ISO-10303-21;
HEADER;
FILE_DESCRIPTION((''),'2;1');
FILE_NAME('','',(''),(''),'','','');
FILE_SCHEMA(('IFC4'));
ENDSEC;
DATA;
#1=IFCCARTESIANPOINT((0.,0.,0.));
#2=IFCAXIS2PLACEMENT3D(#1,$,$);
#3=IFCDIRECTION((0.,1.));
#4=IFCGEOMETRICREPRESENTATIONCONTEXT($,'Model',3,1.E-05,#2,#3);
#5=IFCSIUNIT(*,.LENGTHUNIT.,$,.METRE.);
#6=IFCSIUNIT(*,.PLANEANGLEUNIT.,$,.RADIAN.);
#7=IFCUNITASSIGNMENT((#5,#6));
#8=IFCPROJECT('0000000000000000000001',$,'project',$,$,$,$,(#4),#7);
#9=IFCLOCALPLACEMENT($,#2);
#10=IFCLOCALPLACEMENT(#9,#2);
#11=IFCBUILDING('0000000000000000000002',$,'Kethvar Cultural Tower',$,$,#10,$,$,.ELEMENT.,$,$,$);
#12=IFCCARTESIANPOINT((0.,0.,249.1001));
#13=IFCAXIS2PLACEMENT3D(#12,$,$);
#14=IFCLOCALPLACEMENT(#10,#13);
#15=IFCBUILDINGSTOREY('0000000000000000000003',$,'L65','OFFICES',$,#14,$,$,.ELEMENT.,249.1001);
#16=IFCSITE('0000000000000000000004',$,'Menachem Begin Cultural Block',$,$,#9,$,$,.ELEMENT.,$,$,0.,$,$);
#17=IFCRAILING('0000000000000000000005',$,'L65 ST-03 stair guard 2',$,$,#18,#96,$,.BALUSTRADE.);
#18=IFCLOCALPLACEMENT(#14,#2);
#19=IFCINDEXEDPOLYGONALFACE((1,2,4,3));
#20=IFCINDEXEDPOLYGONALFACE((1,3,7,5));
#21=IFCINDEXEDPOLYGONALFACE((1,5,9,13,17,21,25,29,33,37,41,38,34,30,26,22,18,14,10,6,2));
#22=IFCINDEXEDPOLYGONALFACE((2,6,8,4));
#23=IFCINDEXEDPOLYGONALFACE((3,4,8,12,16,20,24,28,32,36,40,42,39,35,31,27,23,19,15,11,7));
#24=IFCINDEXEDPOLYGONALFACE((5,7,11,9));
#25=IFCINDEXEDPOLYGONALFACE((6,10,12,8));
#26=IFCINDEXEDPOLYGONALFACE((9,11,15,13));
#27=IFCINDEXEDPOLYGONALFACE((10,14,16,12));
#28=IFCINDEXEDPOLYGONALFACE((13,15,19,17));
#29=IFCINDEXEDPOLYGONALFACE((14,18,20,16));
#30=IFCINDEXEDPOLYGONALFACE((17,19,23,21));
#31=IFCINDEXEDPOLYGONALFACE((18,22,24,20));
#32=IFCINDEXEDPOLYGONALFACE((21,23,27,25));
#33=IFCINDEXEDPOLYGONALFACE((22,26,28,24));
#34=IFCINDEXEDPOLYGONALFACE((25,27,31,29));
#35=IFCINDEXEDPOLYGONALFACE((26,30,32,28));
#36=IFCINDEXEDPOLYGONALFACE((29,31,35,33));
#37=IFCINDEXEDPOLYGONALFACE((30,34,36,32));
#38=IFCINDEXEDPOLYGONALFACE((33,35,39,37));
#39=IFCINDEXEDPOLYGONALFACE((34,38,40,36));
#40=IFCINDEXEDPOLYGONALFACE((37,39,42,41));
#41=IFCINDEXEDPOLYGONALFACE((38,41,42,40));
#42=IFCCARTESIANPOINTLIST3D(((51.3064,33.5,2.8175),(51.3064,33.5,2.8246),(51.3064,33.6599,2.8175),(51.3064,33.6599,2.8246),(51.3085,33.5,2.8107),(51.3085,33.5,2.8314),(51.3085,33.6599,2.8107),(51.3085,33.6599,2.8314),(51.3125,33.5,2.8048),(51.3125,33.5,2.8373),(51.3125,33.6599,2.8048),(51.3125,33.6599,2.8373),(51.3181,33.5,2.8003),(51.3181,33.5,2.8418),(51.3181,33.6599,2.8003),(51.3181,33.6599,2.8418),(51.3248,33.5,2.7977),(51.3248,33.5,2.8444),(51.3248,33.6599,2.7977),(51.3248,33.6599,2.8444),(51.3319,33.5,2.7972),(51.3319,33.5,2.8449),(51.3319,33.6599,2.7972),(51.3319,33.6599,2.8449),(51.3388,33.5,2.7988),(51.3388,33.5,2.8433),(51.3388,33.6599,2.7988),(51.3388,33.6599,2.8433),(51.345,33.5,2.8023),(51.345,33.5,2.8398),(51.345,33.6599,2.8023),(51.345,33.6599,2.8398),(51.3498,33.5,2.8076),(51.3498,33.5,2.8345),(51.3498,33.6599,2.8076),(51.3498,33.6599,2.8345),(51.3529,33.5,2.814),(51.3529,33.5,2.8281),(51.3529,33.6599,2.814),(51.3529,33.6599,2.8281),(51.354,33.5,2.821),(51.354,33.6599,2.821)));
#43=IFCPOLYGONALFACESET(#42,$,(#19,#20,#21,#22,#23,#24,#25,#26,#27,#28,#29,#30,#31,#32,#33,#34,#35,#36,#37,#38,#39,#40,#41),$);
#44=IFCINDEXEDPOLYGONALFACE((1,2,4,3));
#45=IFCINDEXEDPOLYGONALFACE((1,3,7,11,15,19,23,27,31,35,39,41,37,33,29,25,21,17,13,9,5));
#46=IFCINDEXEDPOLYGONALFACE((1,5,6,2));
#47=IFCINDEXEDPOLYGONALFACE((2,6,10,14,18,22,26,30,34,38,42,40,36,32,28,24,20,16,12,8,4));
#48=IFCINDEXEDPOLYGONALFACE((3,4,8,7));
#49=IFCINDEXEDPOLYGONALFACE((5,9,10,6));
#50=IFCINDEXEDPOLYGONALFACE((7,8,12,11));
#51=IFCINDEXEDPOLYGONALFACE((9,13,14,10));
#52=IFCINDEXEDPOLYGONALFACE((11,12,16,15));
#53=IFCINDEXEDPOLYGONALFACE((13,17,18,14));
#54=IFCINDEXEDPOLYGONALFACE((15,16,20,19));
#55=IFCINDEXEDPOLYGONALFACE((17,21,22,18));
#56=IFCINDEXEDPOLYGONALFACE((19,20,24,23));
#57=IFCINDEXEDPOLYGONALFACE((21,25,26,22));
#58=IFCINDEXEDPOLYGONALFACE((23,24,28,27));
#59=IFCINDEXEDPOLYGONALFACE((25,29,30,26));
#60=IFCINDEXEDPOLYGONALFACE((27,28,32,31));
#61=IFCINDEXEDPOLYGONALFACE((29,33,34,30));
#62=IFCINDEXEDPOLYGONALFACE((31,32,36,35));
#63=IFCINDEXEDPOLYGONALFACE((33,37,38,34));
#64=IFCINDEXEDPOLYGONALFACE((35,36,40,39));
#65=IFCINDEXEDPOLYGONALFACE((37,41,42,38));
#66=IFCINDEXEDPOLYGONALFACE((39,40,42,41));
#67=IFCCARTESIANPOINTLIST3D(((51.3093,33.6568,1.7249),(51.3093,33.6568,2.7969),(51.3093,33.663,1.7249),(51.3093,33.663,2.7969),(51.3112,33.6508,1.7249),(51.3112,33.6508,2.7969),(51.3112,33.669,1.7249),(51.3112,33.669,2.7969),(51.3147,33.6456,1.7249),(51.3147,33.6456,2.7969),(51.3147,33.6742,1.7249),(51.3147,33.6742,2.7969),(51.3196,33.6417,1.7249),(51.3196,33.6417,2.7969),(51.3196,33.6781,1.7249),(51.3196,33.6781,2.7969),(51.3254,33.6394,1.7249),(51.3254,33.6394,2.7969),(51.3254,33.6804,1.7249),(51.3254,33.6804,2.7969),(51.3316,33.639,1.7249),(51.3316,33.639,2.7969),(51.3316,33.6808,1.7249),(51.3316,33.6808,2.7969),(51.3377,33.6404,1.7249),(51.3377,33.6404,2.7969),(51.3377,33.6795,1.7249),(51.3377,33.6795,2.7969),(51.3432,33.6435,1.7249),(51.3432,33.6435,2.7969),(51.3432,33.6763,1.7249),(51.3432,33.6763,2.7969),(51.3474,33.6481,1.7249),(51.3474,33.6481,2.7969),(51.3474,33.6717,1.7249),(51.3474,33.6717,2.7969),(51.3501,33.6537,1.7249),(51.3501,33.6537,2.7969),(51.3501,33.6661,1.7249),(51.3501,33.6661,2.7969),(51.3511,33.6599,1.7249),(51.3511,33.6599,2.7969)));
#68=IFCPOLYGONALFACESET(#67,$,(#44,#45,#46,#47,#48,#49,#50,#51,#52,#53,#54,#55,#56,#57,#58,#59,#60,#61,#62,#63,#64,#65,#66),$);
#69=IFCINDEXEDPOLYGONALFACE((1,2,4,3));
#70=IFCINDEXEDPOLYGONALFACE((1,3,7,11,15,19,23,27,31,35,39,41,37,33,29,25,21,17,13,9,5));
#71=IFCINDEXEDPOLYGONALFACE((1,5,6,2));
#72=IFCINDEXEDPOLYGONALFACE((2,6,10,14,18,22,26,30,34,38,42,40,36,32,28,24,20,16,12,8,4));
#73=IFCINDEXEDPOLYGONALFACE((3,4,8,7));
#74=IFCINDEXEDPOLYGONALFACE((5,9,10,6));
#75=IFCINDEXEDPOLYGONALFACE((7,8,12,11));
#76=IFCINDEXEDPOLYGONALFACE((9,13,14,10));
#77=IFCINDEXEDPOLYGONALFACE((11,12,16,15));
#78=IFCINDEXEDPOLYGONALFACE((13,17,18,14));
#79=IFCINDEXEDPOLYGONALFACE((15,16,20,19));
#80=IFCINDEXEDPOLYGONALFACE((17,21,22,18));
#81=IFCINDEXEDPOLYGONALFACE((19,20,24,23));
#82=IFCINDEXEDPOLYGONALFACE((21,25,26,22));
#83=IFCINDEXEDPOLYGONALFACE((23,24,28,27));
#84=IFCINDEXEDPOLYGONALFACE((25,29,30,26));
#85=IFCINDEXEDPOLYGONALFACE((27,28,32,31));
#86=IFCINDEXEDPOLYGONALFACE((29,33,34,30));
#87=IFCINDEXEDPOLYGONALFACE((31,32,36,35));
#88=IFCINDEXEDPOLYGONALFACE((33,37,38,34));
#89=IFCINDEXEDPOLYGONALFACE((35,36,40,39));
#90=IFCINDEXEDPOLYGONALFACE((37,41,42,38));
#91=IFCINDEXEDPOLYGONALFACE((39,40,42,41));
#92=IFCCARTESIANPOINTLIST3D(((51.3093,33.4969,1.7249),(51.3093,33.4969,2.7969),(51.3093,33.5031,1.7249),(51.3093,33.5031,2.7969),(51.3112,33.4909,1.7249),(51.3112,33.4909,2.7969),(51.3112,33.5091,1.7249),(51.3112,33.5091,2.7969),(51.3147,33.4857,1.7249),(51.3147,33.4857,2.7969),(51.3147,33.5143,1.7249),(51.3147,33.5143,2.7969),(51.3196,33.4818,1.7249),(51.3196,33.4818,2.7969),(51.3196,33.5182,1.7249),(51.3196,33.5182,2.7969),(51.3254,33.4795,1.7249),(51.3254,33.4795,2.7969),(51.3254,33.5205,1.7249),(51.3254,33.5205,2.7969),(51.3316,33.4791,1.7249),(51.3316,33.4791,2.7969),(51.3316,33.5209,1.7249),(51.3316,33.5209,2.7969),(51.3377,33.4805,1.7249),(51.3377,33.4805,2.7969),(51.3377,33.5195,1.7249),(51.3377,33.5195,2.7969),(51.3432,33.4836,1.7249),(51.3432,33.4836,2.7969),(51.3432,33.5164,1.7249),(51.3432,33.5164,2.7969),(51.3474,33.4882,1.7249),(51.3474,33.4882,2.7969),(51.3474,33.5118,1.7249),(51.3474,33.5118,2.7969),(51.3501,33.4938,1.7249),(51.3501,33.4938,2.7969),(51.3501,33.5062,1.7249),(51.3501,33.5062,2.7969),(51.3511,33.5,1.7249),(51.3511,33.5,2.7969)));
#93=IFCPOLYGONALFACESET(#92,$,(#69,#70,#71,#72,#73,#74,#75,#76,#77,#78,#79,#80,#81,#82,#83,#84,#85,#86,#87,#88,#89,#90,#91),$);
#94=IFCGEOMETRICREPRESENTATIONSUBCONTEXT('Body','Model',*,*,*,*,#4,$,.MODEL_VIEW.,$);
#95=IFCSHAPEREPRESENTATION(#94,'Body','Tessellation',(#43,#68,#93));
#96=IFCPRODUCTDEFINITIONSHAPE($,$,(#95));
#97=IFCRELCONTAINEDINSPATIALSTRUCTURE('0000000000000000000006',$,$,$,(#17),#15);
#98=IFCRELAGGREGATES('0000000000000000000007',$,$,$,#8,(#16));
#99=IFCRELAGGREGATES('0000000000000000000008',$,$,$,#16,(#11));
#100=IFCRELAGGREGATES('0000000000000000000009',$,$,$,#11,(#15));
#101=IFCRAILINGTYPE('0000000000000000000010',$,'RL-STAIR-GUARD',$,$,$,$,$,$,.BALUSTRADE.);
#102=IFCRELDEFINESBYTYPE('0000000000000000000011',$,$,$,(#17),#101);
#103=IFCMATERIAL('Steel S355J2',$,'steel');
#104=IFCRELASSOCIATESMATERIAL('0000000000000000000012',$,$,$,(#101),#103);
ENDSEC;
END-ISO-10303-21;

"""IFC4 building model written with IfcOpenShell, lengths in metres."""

from ifc_helpers import new_model, si_unit, direction, frame, origin, origin_2d, place, context, subcontext, project, spatial, circle, extrude, material, type_object, element, save


model = new_model("IFC4")

# Units and contexts
model_context = context("Model", 3, precision=1e-05, world=origin(), true_north=direction((0.0, 1.0)))
body_context = subcontext(model_context, "Body", "Model", "MODEL_VIEW")
ifc_project = project(units=[si_unit("LENGTHUNIT", "METRE"), si_unit("PLANEANGLEUNIT", "RADIAN")], contexts=[model_context])

# Site, building, storey
site_placement = place(None, origin())
site = spatial("IfcSite", under=ifc_project, at=site_placement, Name="Menachem Begin Cultural Block", CompositionType="ELEMENT", RefElevation=0.0)
building_placement = place(site_placement, origin())
building = spatial("IfcBuilding", under=site, at=building_placement, Name="Kethvar Cultural Tower", CompositionType="ELEMENT")
storey_placement = place(building_placement, frame((0.0, 0.0, 249.1001)))
storey = spatial("IfcBuildingStorey", under=building, at=storey_placement, Name="L65", Description="OFFICES", CompositionType="ELEMENT", Elevation=249.1001)

# Shared definitions
ifc_material_1 = material(Name="Steel S355J2", Category="steel")

# Railing
railing_type_1 = type_object("IfcRailingType", Name="RL-STAIR-GUARD", PredefinedType="BALUSTRADE", material=ifc_material_1)
railing_1_placement = place(storey_placement, frame((51.3301, 33.6599, 1.7249)))
element("IfcRailing", 1, at=railing_1_placement, inside=storey, type_object=railing_type_1, Name="L65 ST-03 stair guard 2", PredefinedType="BALUSTRADE", context=body_context, shape_type="SweptSolid", body=[
    extrude(circle(Radius=0.0239, at=origin_2d()), frame((0.0, 0.0, 1.0962), z_axis=(0.0, -1.0, 0.0), x_axis=(1.0, 0.0, 0.0)), (0.0, 0.0, 1.0), 0.1599),
    extrude(circle(Radius=0.021, at=origin_2d()), origin(), (0.0, 0.0, 1.0), 1.072),
    extrude(circle(Radius=0.021, at=origin_2d()), frame((0.0, -0.1599, 0.0)), (0.0, 0.0, 1.0), 1.072),
])

save(model, "model.ifc")
